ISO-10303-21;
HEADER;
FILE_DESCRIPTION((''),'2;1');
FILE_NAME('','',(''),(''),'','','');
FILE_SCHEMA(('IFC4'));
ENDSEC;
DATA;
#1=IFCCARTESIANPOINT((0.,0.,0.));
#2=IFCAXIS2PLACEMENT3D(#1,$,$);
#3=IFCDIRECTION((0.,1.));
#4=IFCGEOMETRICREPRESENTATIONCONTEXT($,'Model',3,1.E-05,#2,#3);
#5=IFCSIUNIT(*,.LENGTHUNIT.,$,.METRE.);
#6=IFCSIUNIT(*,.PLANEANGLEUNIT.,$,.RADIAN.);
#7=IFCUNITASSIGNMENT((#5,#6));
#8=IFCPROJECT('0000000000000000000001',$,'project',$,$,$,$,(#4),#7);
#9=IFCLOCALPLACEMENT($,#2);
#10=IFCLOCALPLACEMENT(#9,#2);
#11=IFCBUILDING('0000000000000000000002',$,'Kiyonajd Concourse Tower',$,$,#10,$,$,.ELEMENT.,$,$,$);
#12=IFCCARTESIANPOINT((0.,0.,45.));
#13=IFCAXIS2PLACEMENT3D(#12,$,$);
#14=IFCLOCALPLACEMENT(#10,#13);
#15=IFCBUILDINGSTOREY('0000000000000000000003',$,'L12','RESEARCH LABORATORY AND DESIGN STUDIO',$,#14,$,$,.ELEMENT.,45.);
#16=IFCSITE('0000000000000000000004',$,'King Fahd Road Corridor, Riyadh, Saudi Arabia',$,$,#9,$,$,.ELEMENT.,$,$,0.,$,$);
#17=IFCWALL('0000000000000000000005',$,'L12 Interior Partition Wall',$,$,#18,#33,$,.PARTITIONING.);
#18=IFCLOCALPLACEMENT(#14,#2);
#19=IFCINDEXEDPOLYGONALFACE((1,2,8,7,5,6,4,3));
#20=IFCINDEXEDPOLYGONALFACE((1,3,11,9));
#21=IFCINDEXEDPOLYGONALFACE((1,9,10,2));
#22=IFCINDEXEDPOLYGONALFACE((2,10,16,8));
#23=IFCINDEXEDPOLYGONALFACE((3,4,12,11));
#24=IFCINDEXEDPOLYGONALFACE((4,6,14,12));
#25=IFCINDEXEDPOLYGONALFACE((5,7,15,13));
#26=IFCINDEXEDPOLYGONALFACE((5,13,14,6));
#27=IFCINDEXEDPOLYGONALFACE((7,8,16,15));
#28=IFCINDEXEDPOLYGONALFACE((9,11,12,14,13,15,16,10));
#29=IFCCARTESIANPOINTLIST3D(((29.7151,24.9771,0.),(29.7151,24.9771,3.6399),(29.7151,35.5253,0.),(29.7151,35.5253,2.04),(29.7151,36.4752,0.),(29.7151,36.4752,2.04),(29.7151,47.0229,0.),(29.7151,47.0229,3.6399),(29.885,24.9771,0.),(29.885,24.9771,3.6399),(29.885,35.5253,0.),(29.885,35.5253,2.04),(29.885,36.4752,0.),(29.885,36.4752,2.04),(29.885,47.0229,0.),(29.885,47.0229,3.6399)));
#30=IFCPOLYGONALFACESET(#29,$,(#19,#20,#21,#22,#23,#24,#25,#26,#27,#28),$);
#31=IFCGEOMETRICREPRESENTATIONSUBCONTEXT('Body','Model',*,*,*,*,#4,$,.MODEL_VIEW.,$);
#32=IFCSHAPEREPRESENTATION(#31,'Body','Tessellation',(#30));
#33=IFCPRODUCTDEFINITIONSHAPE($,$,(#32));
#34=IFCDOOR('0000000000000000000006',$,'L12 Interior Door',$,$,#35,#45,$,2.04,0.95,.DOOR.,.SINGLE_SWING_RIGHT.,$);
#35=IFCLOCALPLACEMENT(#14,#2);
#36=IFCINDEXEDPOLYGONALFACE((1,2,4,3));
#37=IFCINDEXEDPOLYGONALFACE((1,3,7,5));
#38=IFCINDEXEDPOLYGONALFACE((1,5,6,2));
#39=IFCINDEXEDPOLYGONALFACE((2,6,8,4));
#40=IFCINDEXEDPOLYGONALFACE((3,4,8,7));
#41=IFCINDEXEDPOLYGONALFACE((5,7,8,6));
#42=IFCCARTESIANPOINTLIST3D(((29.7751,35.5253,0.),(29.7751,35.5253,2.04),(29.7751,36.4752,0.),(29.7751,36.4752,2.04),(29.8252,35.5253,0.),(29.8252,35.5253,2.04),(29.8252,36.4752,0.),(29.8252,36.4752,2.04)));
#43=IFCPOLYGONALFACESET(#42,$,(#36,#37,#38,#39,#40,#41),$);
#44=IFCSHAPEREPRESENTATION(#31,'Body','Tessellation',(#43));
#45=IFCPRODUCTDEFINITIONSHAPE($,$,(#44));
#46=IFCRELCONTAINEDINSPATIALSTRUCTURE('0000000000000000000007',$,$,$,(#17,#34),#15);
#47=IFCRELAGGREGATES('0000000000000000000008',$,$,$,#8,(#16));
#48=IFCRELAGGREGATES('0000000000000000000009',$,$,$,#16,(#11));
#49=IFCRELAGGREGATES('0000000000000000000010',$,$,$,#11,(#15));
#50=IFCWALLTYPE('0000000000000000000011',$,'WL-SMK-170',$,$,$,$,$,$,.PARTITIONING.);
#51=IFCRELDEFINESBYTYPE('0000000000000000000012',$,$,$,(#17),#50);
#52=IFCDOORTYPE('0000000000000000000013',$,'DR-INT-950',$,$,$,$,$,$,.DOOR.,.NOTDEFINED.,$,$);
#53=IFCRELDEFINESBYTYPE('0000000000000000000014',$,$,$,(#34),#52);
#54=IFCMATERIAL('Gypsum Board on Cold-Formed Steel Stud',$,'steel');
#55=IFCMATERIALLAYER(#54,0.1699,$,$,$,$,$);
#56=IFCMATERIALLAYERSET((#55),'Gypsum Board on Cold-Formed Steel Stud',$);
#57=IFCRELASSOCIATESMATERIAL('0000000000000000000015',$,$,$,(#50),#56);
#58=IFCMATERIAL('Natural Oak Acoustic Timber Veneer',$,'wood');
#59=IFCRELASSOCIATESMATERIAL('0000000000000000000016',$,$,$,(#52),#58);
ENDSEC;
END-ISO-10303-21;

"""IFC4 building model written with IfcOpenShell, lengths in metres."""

from ifc_helpers import new_model, si_unit, direction, frame, frame_2d, origin, place, context, subcontext, project, spatial, rectangle, extrude, material, layer, layer_set, type_object, element, fill, save


model = new_model("IFC4")

# Units and contexts
model_context = context("Model", 3, precision=1e-05, world=origin(), true_north=direction((0.0, 1.0)))
body_context = subcontext(model_context, "Body", "Model", "MODEL_VIEW")
ifc_project = project(units=[si_unit("LENGTHUNIT", "METRE"), si_unit("PLANEANGLEUNIT", "RADIAN")], contexts=[model_context])

# Site, building, storey
site_placement = place(None, origin())
site = spatial("IfcSite", under=ifc_project, at=site_placement, Name="King Fahd Road Corridor, Riyadh, Saudi Arabia", CompositionType="ELEMENT", RefElevation=0.0)
building_placement = place(site_placement, origin())
building = spatial("IfcBuilding", under=site, at=building_placement, Name="Kiyonajd Concourse Tower", CompositionType="ELEMENT")
storey_placement = place(building_placement, frame((0.0, 0.0, 45.0)))
storey = spatial("IfcBuildingStorey", under=building, at=storey_placement, Name="L12", Description="RESEARCH LABORATORY AND DESIGN STUDIO", CompositionType="ELEMENT", Elevation=45.0)

# Shared definitions
ifc_material_1 = material(Name="Gypsum Board on Cold-Formed Steel Stud", Category="steel")
ifc_layer_1 = layer(ifc_material_1, 0.1699)
ifc_layer_set_1 = layer_set([ifc_layer_1], Name="Gypsum Board on Cold-Formed Steel Stud")
wall_type_1 = type_object("IfcWallType", Name="WL-SMK-170", PredefinedType="PARTITIONING", material=ifc_layer_set_1)
ifc_material_2 = material(Name="Natural Oak Acoustic Timber Veneer", Category="wood")
door_type_1 = type_object("IfcDoorType", Name="DR-INT-950", OperationType="NOTDEFINED", PredefinedType="DOOR", material=ifc_material_2)

# Wall, opening, door
wall_1_placement = place(storey_placement, frame((29.8, 24.9771, 0.0), z_axis=(0.0, 0.0, 1.0), x_axis=(0.0, 1.0, 0.0)))
wall_1 = element("IfcWall", 1, at=wall_1_placement, inside=storey, type_object=wall_type_1, Name="L12 Interior Partition Wall", PredefinedType="PARTITIONING", context=body_context, shape_type="SweptSolid", body=[
    extrude(rectangle(XDim=22.0459, YDim=0.1699, at=frame_2d((11.0229, 0.0))), origin(), (0.0, 0.0, 1.0), 3.6399),
])
opening_1_placement = place(wall_1_placement, frame((10.5481, 0.0, 0.0)))
opening_1 = element("IfcOpeningElement", 2, at=opening_1_placement, cuts=wall_1, PredefinedType="OPENING", context=body_context, shape_type="SweptSolid", body=[
    extrude(rectangle(XDim=0.95, YDim=2.04, at=frame_2d((0.4751, 1.02))), frame((0.0, 0.095, 0.0), z_axis=(0.0, -1.0, 0.0), x_axis=(1.0, 0.0, 0.0)), (0.0, 0.0, 1.0), 0.1899),
])
door_1_placement = place(opening_1_placement, origin())
door_1 = element("IfcDoor", 3, at=door_1_placement, inside=storey, type_object=door_type_1, Name="L12 Interior Door", OperationType="SINGLE_SWING_RIGHT", OverallHeight=2.04, OverallWidth=0.95, PredefinedType="DOOR", context=body_context, shape_type="SweptSolid", body=[
    extrude(rectangle(XDim=0.95, YDim=2.04, at=frame_2d((0.4751, 1.02))), frame((0.0, 0.0249, 0.0), z_axis=(0.0, -1.0, 0.0), x_axis=(1.0, 0.0, 0.0)), (0.0, 0.0, 1.0), 0.05),
])
fill(opening_1, door_1)

save(model, "model.ifc")
